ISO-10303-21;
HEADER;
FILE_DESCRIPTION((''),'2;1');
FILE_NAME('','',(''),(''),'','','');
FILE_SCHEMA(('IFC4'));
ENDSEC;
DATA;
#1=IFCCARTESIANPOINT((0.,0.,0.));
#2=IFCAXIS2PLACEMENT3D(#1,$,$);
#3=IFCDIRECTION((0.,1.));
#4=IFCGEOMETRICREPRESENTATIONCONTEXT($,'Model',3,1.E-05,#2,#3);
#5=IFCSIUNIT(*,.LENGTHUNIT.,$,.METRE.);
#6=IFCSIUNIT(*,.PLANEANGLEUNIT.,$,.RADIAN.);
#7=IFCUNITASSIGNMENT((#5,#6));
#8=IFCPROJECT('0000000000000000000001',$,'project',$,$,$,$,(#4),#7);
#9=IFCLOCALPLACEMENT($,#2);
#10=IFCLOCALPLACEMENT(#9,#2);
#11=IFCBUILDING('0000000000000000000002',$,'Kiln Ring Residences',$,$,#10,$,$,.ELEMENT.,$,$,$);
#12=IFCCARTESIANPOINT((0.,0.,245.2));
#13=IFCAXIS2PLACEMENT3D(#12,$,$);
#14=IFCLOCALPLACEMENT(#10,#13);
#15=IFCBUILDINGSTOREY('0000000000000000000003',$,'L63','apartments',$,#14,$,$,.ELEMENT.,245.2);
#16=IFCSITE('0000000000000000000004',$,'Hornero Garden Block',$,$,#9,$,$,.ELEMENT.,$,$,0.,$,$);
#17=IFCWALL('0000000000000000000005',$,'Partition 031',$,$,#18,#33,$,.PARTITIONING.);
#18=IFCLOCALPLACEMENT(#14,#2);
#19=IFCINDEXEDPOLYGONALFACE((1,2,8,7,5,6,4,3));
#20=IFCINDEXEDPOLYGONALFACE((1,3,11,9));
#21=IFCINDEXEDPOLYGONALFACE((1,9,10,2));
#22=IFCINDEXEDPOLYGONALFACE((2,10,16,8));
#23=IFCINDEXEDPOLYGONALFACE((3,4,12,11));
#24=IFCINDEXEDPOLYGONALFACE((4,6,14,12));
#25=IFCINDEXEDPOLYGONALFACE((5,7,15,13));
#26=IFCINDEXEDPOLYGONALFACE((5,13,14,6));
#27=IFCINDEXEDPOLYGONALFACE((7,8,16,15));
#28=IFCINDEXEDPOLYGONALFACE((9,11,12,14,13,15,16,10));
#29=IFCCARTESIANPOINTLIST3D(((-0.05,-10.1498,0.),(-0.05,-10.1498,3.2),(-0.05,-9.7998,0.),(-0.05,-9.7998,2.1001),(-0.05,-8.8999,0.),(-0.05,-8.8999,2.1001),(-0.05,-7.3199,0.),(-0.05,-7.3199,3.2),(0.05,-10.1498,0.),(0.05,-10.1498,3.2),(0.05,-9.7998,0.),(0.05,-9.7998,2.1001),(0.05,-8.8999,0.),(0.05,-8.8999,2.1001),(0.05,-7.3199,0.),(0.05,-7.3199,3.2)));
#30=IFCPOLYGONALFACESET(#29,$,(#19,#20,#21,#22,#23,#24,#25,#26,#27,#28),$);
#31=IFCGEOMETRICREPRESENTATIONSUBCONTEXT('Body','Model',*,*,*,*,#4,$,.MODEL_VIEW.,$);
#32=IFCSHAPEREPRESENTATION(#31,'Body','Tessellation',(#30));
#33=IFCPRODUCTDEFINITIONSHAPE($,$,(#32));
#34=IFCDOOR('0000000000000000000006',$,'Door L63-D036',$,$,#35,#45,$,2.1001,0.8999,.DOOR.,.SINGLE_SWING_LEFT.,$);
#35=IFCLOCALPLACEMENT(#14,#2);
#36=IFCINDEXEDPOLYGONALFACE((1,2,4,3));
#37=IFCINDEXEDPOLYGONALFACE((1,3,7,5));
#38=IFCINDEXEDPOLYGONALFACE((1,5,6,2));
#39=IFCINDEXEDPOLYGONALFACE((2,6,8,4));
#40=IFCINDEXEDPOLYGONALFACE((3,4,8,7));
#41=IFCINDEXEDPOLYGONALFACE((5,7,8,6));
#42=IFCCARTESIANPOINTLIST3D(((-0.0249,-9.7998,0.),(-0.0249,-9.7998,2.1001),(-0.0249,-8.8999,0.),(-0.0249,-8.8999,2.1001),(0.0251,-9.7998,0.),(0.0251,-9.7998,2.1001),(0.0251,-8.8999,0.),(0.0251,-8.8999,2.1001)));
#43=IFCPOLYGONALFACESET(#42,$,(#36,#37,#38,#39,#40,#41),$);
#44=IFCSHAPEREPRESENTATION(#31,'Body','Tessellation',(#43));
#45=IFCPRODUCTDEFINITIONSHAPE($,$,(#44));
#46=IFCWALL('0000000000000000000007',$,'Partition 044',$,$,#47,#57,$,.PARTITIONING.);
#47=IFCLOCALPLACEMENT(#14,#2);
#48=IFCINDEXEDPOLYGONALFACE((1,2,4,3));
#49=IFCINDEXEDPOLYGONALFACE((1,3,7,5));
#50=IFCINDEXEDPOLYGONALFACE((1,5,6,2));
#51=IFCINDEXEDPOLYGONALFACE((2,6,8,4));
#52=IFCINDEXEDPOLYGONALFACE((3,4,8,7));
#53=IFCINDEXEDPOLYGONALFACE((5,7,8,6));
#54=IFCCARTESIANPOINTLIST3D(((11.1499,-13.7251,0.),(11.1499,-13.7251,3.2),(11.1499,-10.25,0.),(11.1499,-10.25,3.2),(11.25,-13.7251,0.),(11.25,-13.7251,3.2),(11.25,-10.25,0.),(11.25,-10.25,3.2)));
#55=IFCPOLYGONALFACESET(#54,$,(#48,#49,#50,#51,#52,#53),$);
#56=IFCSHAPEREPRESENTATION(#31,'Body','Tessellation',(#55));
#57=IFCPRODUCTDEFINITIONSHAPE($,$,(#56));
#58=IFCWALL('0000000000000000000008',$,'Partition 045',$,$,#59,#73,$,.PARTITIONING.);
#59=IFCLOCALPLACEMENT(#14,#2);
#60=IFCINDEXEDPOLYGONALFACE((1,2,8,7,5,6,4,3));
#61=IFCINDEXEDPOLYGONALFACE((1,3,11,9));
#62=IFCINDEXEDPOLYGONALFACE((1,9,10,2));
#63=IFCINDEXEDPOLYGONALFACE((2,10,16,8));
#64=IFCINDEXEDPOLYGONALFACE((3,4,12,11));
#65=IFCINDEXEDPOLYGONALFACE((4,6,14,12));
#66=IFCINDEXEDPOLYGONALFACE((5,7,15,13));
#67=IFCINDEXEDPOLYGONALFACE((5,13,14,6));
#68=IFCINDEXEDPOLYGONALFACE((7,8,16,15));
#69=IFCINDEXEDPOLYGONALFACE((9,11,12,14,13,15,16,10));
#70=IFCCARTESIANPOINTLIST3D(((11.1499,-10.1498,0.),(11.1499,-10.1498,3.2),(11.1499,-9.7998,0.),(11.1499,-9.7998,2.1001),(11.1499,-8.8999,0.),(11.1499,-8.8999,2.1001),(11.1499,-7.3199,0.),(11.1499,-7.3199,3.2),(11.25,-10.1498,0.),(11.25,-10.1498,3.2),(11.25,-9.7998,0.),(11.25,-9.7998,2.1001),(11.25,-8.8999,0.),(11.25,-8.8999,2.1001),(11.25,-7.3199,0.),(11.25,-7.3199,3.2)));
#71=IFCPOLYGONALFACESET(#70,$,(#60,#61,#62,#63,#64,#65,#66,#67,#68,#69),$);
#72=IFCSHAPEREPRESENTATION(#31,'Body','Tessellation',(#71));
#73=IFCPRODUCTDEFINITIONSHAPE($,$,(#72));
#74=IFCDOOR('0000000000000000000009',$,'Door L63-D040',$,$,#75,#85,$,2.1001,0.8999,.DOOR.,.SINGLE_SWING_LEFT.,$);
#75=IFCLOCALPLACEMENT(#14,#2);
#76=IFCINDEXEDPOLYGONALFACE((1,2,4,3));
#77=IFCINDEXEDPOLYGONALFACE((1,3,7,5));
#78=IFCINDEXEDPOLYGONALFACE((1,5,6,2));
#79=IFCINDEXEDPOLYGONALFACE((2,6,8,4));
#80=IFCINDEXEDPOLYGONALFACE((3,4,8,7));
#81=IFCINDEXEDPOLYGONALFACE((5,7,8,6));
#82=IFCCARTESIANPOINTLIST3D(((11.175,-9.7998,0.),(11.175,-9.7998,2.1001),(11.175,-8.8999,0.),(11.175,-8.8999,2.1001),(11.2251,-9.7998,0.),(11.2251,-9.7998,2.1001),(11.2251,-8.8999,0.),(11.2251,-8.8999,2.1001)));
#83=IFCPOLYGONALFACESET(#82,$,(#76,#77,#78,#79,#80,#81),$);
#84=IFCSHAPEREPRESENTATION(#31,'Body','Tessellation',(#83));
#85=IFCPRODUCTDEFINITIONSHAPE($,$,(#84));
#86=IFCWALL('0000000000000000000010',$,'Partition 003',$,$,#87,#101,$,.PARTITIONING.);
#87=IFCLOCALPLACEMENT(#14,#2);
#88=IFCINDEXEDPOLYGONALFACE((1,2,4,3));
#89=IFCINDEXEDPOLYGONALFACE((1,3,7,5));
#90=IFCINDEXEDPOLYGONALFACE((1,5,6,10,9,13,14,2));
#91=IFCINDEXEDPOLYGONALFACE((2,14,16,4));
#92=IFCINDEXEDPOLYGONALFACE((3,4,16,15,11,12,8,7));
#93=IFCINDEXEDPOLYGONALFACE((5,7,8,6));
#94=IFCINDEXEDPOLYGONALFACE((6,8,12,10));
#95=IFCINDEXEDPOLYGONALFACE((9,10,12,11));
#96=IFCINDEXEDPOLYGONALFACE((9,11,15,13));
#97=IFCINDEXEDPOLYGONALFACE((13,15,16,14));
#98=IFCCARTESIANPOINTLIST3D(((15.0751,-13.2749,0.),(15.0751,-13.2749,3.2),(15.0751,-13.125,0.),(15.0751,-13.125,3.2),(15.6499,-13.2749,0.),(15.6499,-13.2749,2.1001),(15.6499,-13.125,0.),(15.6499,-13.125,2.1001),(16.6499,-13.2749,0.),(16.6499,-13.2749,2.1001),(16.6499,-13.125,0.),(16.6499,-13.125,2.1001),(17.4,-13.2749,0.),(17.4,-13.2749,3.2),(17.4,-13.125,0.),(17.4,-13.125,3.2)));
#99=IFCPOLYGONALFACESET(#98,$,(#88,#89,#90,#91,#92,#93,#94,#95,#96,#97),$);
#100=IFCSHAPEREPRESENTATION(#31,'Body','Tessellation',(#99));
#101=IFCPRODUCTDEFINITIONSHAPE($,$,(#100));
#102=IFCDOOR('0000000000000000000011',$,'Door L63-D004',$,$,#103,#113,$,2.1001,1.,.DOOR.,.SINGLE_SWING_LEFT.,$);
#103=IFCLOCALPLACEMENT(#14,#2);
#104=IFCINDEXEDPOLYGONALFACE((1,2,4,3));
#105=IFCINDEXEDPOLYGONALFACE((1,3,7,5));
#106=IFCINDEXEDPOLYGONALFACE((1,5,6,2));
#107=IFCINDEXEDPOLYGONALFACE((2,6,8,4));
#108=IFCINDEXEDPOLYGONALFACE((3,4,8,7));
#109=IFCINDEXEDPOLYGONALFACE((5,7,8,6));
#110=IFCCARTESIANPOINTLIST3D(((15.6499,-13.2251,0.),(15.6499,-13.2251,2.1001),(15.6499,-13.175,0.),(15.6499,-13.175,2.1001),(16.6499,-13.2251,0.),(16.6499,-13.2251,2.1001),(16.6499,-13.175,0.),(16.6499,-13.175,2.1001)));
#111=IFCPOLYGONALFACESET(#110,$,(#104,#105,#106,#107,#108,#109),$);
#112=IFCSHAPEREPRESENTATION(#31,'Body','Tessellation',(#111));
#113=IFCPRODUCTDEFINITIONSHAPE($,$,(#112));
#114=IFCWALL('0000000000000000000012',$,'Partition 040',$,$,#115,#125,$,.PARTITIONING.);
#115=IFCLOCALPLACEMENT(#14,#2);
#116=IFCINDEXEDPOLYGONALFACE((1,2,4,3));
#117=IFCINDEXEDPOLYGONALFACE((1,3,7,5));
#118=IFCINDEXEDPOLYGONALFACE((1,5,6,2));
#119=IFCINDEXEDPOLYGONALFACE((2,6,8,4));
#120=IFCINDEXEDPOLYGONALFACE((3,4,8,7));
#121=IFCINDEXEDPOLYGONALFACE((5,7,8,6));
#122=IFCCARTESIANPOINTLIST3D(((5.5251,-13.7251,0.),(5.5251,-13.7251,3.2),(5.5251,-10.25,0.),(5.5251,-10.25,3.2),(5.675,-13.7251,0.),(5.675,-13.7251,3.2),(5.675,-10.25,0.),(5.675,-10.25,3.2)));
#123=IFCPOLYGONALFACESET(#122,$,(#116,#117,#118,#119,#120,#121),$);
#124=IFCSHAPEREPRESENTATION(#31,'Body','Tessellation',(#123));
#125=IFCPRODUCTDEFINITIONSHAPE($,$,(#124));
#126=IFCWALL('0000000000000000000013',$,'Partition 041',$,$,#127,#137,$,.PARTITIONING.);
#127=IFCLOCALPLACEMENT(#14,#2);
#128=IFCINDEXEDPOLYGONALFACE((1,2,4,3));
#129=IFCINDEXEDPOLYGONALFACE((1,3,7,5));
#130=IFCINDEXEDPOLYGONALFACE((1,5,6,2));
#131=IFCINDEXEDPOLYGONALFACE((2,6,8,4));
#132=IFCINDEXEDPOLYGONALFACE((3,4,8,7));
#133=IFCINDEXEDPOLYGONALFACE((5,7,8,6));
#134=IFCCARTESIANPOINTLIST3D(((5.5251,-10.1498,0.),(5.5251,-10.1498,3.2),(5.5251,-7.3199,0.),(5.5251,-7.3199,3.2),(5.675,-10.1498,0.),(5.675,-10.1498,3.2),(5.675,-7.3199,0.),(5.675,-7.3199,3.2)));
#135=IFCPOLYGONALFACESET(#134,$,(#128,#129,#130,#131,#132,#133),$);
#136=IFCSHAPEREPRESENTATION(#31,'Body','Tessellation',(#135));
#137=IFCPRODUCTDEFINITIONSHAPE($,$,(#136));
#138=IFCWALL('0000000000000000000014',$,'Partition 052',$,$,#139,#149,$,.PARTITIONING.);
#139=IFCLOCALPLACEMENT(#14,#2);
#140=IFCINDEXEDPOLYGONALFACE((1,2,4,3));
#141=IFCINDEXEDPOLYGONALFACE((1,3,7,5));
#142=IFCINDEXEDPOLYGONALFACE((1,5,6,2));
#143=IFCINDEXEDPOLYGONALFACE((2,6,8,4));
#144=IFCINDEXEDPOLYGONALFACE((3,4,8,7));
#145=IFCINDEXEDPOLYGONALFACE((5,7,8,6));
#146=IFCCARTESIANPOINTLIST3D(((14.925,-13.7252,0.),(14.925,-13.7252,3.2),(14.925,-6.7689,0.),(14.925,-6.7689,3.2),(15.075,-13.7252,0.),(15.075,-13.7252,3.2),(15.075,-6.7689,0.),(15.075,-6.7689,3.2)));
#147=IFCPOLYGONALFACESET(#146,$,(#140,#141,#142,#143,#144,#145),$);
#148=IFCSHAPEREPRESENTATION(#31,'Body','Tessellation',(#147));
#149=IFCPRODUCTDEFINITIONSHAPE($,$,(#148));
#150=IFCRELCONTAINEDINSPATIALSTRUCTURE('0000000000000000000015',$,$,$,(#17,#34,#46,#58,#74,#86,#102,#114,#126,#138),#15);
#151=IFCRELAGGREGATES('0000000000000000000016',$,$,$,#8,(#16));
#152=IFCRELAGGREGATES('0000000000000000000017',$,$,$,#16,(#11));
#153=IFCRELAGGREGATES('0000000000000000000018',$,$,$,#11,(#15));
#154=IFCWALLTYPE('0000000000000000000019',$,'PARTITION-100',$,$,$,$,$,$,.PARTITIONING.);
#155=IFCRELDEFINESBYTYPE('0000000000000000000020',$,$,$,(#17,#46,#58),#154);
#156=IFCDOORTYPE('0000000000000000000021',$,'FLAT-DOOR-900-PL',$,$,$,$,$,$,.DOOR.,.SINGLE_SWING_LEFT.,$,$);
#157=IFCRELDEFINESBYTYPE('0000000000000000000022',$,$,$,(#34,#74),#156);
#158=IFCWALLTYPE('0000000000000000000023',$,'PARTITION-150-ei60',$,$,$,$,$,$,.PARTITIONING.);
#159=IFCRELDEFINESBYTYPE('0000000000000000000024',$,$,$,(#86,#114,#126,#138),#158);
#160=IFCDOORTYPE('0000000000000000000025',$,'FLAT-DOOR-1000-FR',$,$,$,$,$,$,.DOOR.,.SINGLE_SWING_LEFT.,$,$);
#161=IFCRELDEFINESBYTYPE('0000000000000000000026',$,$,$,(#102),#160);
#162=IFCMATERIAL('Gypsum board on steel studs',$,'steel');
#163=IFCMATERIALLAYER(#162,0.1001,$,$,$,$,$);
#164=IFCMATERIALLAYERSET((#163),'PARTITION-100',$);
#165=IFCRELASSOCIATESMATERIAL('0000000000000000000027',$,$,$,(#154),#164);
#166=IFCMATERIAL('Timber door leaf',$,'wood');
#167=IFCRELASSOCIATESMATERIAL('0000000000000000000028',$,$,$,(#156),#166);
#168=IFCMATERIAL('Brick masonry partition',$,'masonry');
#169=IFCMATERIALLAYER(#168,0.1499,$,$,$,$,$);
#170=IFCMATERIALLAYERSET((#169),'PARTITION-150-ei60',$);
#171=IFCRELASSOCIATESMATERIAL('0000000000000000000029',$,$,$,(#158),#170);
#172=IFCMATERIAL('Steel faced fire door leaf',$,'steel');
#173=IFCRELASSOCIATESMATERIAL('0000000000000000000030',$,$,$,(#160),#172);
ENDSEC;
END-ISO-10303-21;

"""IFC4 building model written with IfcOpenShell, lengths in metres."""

from ifc_helpers import new_model, si_unit, direction, frame, frame_2d, origin, place, context, subcontext, project, spatial, rectangle, extrude, material, layer, layer_set, type_object, element, fill, save


model = new_model("IFC4")

# Units and contexts
model_context = context("Model", 3, precision=1e-05, world=origin(), true_north=direction((0.0, 1.0)))
body_context = subcontext(model_context, "Body", "Model", "MODEL_VIEW")
ifc_project = project(units=[si_unit("LENGTHUNIT", "METRE"), si_unit("PLANEANGLEUNIT", "RADIAN")], contexts=[model_context])

# Site, building, storey
site_placement = place(None, origin())
site = spatial("IfcSite", under=ifc_project, at=site_placement, Name="Hornero Garden Block", CompositionType="ELEMENT", RefElevation=0.0)
building_placement = place(site_placement, origin())
building = spatial("IfcBuilding", under=site, at=building_placement, Name="Kiln Ring Residences", CompositionType="ELEMENT")
storey_placement = place(building_placement, frame((0.0, 0.0, 245.2)))
storey = spatial("IfcBuildingStorey", under=building, at=storey_placement, Name="L63", Description="apartments", CompositionType="ELEMENT", Elevation=245.2)

# Shared definitions
ifc_material_1 = material(Name="Gypsum board on steel studs", Category="steel")
ifc_layer_1 = layer(ifc_material_1, 0.1001)
ifc_layer_set_1 = layer_set([ifc_layer_1], Name="PARTITION-100")
wall_type_1 = type_object("IfcWallType", Name="PARTITION-100", PredefinedType="PARTITIONING", material=ifc_layer_set_1)

# Wall, opening, door
wall_1_placement = place(storey_placement, frame((0.0, -10.1499, 0.0), z_axis=(0.0, 0.0, 1.0), x_axis=(0.0, 1.0, 0.0)))
wall_1 = element("IfcWall", 1, at=wall_1_placement, inside=storey, type_object=wall_type_1, Name="Partition 031", PredefinedType="PARTITIONING", context=body_context, shape_type="SweptSolid", body=[
    extrude(rectangle(XDim=2.8298, YDim=0.1001, at=frame_2d((1.415, 0.0))), origin(), (0.0, 0.0, 1.0), 3.2),
])
opening_1_placement = place(wall_1_placement, frame((0.3501, 0.0, 0.0)))
opening_1 = element("IfcOpeningElement", 2, at=opening_1_placement, cuts=wall_1, PredefinedType="OPENING", context=body_context, shape_type="SweptSolid", body=[
    extrude(rectangle(XDim=0.8999, YDim=2.1001, at=frame_2d((0.45, 1.05))), frame((0.0, 0.0601, 0.0), z_axis=(0.0, -1.0, 0.0), x_axis=(1.0, 0.0, 0.0)), (0.0, 0.0, 1.0), 0.1201),
])
ifc_material_2 = material(Name="Timber door leaf", Category="wood")
door_type_1 = type_object("IfcDoorType", Name="FLAT-DOOR-900-PL", OperationType="SINGLE_SWING_LEFT", PredefinedType="DOOR", material=ifc_material_2)
door_1_placement = place(opening_1_placement, origin())
door_1 = element("IfcDoor", 3, at=door_1_placement, inside=storey, type_object=door_type_1, Name="Door L63-D036", OperationType="SINGLE_SWING_LEFT", OverallHeight=2.1001, OverallWidth=0.8999, PredefinedType="DOOR", context=body_context, shape_type="SweptSolid", body=[
    extrude(rectangle(XDim=0.8999, YDim=2.1001, at=frame_2d((0.45, 1.05))), frame((0.0, 0.0249, 0.0), z_axis=(0.0, -1.0, 0.0), x_axis=(1.0, 0.0, 0.0)), (0.0, 0.0, 1.0), 0.05),
])
fill(opening_1, door_1)

# Wall
wall_2_placement = place(storey_placement, frame((11.2, -13.7251, 0.0), z_axis=(0.0, 0.0, 1.0), x_axis=(0.0, 1.0, 0.0)))
element("IfcWall", 4, at=wall_2_placement, inside=storey, type_object=wall_type_1, Name="Partition 044", PredefinedType="PARTITIONING", context=body_context, shape_type="SweptSolid", body=[
    extrude(rectangle(XDim=3.4751, YDim=0.1001, at=frame_2d((1.7375, 0.0))), origin(), (0.0, 0.0, 1.0), 3.2),
])

# Walls, openings, doors
wall_3_placement = place(storey_placement, frame((11.2, -10.1499, 0.0), z_axis=(0.0, 0.0, 1.0), x_axis=(0.0, 1.0, 0.0)))
wall_3 = element("IfcWall", 5, at=wall_3_placement, inside=storey, type_object=wall_type_1, Name="Partition 045", PredefinedType="PARTITIONING", context=body_context, shape_type="SweptSolid", body=[
    extrude(rectangle(XDim=2.8298, YDim=0.1001, at=frame_2d((1.415, 0.0))), origin(), (0.0, 0.0, 1.0), 3.2),
])
opening_2_placement = place(wall_3_placement, frame((0.3501, 0.0, 0.0)))
opening_2 = element("IfcOpeningElement", 6, at=opening_2_placement, cuts=wall_3, PredefinedType="OPENING", context=body_context, shape_type="SweptSolid", body=[
    extrude(rectangle(XDim=0.8999, YDim=2.1001, at=frame_2d((0.45, 1.05))), frame((0.0, 0.0601, 0.0), z_axis=(0.0, -1.0, 0.0), x_axis=(1.0, 0.0, 0.0)), (0.0, 0.0, 1.0), 0.1201),
])
door_2_placement = place(opening_2_placement, origin())
door_2 = element("IfcDoor", 7, at=door_2_placement, inside=storey, type_object=door_type_1, Name="Door L63-D040", OperationType="SINGLE_SWING_LEFT", OverallHeight=2.1001, OverallWidth=0.8999, PredefinedType="DOOR", context=body_context, shape_type="SweptSolid", body=[
    extrude(rectangle(XDim=0.8999, YDim=2.1001, at=frame_2d((0.45, 1.05))), frame((0.0, 0.0249, 0.0), z_axis=(0.0, -1.0, 0.0), x_axis=(1.0, 0.0, 0.0)), (0.0, 0.0, 1.0), 0.05),
])
fill(opening_2, door_2)
ifc_material_3 = material(Name="Brick masonry partition", Category="masonry")
ifc_layer_2 = layer(ifc_material_3, 0.1499)
ifc_layer_set_2 = layer_set([ifc_layer_2], Name="PARTITION-150-ei60")
wall_type_2 = type_object("IfcWallType", Name="PARTITION-150-ei60", PredefinedType="PARTITIONING", material=ifc_layer_set_2)
wall_4_placement = place(storey_placement, frame((15.075, -13.2, 0.0), z_axis=(0.0, 0.0, 1.0), x_axis=(1.0, 0.0, 0.0)))
wall_4 = element("IfcWall", 8, at=wall_4_placement, inside=storey, type_object=wall_type_2, Name="Partition 003", PredefinedType="PARTITIONING", context=body_context, shape_type="SweptSolid", body=[
    extrude(rectangle(XDim=2.325, YDim=0.1499, at=frame_2d((1.1626, 0.0))), origin(), (0.0, 0.0, 1.0), 3.2),
])
opening_3_placement = place(wall_4_placement, frame((0.575, 0.0, 0.0)))
opening_3 = element("IfcOpeningElement", 9, at=opening_3_placement, cuts=wall_4, PredefinedType="OPENING", context=body_context, shape_type="SweptSolid", body=[
    extrude(rectangle(XDim=1.0, YDim=2.1001, at=frame_2d((0.5, 1.05))), frame((0.0, 0.085, 0.0), z_axis=(0.0, -1.0, 0.0), x_axis=(1.0, 0.0, 0.0)), (0.0, 0.0, 1.0), 0.1699),
])
ifc_material_4 = material(Name="Steel faced fire door leaf", Category="steel")
door_type_2 = type_object("IfcDoorType", Name="FLAT-DOOR-1000-FR", OperationType="SINGLE_SWING_LEFT", PredefinedType="DOOR", material=ifc_material_4)
door_3_placement = place(opening_3_placement, origin())
door_3 = element("IfcDoor", 10, at=door_3_placement, inside=storey, type_object=door_type_2, Name="Door L63-D004", OperationType="SINGLE_SWING_LEFT", OverallHeight=2.1001, OverallWidth=1.0, PredefinedType="DOOR", context=body_context, shape_type="SweptSolid", body=[
    extrude(rectangle(XDim=1.0, YDim=2.1001, at=frame_2d((0.5, 1.05))), frame((0.0, 0.0249, 0.0), z_axis=(0.0, -1.0, 0.0), x_axis=(1.0, 0.0, 0.0)), (0.0, 0.0, 1.0), 0.05),
])
fill(opening_3, door_3)

# Walls
wall_5_placement = place(storey_placement, frame((5.6001, -13.7251, 0.0), z_axis=(0.0, 0.0, 1.0), x_axis=(0.0, 1.0, 0.0)))
element("IfcWall", 11, at=wall_5_placement, inside=storey, type_object=wall_type_2, Name="Partition 040", PredefinedType="PARTITIONING", context=body_context, shape_type="SweptSolid", body=[
    extrude(rectangle(XDim=3.4751, YDim=0.1499, at=frame_2d((1.7375, 0.0))), origin(), (0.0, 0.0, 1.0), 3.2),
])
wall_6_placement = place(storey_placement, frame((5.6001, -10.1499, 0.0), z_axis=(0.0, 0.0, 1.0), x_axis=(0.0, 1.0, 0.0)))
element("IfcWall", 12, at=wall_6_placement, inside=storey, type_object=wall_type_2, Name="Partition 041", PredefinedType="PARTITIONING", context=body_context, shape_type="SweptSolid", body=[
    extrude(rectangle(XDim=2.8298, YDim=0.1499, at=frame_2d((1.415, 0.0))), origin(), (0.0, 0.0, 1.0), 3.2),
])
wall_7_placement = place(storey_placement, frame((15.0, -13.7251, 0.0), z_axis=(0.0, 0.0, 1.0), x_axis=(0.0, 1.0, 0.0)))
element("IfcWall", 13, at=wall_7_placement, inside=storey, type_object=wall_type_2, Name="Partition 052", PredefinedType="PARTITIONING", context=body_context, shape_type="SweptSolid", body=[
    extrude(rectangle(XDim=6.9563, YDim=0.1499, at=frame_2d((3.478, 0.0))), origin(), (0.0, 0.0, 1.0), 3.2),
])

save(model, "model.ifc")
